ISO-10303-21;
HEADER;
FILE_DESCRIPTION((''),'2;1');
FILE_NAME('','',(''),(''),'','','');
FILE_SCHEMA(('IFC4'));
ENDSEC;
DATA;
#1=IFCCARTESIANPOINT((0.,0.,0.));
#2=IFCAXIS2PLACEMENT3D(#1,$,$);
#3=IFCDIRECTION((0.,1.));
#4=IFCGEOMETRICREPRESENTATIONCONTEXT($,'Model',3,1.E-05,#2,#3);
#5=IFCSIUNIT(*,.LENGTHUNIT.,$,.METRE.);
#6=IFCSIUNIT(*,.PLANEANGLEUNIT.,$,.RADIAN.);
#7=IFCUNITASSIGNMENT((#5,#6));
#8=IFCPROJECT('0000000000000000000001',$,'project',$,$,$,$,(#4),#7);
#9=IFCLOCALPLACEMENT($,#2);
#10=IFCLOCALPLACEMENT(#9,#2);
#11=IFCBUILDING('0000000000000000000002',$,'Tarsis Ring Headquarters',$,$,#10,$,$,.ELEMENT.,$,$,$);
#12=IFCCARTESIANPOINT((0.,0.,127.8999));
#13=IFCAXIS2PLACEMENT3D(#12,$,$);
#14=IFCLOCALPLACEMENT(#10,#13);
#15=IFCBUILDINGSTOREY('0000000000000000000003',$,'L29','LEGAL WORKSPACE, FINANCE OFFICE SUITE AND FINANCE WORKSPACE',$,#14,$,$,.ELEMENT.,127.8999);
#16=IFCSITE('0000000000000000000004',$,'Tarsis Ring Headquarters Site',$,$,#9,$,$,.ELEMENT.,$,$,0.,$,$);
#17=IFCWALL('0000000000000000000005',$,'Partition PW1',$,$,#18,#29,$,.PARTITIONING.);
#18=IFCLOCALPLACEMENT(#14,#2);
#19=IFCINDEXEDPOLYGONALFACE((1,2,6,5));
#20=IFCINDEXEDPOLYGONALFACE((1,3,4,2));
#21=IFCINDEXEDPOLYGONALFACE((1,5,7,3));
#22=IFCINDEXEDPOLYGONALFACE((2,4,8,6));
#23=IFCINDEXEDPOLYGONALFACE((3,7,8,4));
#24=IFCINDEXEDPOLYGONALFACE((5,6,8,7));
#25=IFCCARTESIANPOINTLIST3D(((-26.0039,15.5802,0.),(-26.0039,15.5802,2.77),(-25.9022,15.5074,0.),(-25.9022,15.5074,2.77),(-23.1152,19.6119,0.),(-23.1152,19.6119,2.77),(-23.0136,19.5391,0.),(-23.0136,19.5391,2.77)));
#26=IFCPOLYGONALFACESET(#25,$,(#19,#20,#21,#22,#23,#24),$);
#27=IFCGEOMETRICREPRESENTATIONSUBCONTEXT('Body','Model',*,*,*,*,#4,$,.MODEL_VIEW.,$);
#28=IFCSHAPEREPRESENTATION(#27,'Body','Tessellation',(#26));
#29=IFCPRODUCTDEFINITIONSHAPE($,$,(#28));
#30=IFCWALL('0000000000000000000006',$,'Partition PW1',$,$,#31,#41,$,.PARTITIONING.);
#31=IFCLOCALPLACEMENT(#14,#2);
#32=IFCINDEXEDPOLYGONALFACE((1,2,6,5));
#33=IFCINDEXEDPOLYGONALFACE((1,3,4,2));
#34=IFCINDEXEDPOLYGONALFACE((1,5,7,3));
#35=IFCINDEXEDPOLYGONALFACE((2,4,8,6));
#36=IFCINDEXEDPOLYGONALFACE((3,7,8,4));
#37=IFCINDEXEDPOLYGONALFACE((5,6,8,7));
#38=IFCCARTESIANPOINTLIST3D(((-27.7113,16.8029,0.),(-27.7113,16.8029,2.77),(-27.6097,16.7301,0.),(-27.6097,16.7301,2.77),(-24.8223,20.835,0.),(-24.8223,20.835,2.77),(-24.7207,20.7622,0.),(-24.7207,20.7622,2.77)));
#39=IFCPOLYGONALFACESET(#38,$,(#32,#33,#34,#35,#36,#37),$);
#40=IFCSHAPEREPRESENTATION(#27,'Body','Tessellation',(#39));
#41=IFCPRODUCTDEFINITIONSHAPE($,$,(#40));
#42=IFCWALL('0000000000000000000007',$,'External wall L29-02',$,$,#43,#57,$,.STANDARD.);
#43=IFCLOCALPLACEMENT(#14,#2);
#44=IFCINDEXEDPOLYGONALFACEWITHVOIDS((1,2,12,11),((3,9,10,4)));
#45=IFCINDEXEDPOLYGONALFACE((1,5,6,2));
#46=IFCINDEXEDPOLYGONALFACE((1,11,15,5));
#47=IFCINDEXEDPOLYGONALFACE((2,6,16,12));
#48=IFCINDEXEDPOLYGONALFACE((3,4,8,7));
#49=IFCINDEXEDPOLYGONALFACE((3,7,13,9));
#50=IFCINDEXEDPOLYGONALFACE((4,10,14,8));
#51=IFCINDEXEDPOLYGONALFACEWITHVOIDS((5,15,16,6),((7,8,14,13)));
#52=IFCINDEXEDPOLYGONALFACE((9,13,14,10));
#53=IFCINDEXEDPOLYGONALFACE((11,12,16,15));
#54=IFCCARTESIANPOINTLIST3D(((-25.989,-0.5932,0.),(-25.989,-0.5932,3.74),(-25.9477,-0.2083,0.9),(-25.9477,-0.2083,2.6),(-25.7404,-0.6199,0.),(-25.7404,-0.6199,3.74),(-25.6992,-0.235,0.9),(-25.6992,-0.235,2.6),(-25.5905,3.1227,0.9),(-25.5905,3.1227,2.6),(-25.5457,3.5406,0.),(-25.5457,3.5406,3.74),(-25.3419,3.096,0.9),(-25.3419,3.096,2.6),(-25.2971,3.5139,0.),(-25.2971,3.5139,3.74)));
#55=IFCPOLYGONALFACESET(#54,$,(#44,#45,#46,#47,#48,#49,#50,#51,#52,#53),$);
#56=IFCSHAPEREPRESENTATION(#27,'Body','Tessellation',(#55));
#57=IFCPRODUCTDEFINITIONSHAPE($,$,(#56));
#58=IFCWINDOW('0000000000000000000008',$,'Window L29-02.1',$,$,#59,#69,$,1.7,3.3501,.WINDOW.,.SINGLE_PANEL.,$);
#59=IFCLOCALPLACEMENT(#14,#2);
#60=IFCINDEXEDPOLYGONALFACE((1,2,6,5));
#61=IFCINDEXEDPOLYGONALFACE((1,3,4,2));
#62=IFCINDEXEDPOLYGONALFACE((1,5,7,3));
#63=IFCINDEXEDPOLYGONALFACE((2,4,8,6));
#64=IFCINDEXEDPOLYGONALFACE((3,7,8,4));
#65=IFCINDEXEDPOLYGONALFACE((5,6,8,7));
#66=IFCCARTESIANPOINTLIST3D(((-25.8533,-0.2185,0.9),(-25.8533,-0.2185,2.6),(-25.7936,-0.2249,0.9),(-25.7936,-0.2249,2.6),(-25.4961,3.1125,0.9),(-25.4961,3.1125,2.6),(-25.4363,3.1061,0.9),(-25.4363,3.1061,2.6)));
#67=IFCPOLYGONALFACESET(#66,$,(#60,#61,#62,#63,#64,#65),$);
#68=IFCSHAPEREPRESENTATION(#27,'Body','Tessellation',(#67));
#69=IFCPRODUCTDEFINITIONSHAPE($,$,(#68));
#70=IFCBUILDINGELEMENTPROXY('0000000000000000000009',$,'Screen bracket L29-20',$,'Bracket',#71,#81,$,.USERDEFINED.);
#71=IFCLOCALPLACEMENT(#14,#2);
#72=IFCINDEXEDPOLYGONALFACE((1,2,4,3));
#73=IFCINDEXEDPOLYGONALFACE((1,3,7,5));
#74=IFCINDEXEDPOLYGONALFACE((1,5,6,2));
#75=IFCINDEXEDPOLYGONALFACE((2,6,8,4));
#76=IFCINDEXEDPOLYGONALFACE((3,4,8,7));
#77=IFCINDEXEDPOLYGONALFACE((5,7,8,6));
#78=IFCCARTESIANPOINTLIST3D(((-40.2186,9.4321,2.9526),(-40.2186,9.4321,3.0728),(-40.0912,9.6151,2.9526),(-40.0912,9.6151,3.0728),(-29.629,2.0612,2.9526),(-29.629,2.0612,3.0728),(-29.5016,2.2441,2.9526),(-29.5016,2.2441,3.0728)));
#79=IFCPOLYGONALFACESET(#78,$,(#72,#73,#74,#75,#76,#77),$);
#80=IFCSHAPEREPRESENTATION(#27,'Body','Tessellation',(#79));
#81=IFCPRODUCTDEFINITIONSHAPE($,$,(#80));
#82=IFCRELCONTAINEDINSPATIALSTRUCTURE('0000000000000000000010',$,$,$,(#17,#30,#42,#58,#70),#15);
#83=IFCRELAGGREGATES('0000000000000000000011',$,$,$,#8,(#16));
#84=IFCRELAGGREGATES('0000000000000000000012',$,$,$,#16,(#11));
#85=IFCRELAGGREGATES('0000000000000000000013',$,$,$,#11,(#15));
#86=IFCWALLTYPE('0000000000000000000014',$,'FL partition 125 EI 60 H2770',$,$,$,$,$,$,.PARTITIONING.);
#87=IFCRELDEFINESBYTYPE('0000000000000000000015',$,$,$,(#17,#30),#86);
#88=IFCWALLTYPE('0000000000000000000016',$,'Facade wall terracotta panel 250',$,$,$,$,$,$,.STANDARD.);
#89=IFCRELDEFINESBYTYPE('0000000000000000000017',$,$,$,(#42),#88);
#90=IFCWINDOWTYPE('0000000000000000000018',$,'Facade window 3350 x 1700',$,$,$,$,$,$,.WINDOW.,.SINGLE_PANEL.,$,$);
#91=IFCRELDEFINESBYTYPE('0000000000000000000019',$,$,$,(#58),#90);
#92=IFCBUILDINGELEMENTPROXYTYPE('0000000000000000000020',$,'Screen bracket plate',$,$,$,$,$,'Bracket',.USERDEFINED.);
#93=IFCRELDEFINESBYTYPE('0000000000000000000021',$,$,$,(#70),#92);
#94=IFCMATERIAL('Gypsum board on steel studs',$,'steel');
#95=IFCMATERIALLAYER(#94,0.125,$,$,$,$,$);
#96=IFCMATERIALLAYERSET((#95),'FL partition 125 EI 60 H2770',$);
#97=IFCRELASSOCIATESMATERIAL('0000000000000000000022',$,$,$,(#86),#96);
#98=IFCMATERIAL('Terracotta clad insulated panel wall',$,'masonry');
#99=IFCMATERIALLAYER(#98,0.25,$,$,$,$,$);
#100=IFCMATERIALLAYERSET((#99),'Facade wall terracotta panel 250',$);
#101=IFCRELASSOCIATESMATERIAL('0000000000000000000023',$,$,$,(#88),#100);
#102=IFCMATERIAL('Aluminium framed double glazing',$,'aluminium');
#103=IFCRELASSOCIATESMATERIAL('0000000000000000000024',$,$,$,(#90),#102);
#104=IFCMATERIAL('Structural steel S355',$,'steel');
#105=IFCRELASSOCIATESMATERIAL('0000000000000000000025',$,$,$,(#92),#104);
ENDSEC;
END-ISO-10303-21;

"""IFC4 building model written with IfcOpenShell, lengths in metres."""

from ifc_helpers import new_model, si_unit, direction, frame, frame_2d, origin, origin_2d, place, context, subcontext, project, spatial, rectangle, extrude, material, layer, layer_set, type_object, element, fill, save


model = new_model("IFC4")

# Units and contexts
model_context = context("Model", 3, precision=1e-05, world=origin(), true_north=direction((0.0, 1.0)))
body_context = subcontext(model_context, "Body", "Model", "MODEL_VIEW")
ifc_project = project(units=[si_unit("LENGTHUNIT", "METRE"), si_unit("PLANEANGLEUNIT", "RADIAN")], contexts=[model_context])

# Site, building, storey
site_placement = place(None, origin())
site = spatial("IfcSite", under=ifc_project, at=site_placement, Name="Tarsis Ring Headquarters Site", CompositionType="ELEMENT", RefElevation=0.0)
building_placement = place(site_placement, origin())
building = spatial("IfcBuilding", under=site, at=building_placement, Name="Tarsis Ring Headquarters", CompositionType="ELEMENT")
storey_placement = place(building_placement, frame((0.0, 0.0, 127.8999)))
storey = spatial("IfcBuildingStorey", under=building, at=storey_placement, Name="L29", Description="LEGAL WORKSPACE, FINANCE OFFICE SUITE AND FINANCE WORKSPACE", CompositionType="ELEMENT", Elevation=127.8999)

# Shared definitions
ifc_material_1 = material(Name="Structural steel S355", Category="steel")

# Shared definitions
ifc_material_2 = material(Name="Gypsum board on steel studs", Category="steel")

# Shared definitions
ifc_layer_1 = layer(ifc_material_2, 0.125)
ifc_layer_set_1 = layer_set([ifc_layer_1], Name="FL partition 125 EI 60 H2770")
wall_type_1 = type_object("IfcWallType", Name="FL partition 125 EI 60 H2770", PredefinedType="PARTITIONING", material=ifc_layer_set_1)

# Walls
wall_1_placement = place(storey_placement, frame((-25.9531, 15.5437, 0.0), z_axis=(0.0, 0.0, 1.0), x_axis=(0.58242, 0.812888, 0.0)))
element("IfcWall", 1, at=wall_1_placement, inside=storey, type_object=wall_type_1, Name="Partition PW1", PredefinedType="PARTITIONING", context=body_context, shape_type="SweptSolid", body=[
    extrude(rectangle(XDim=4.9597, YDim=0.125, at=frame_2d((2.48, 0.0))), origin(), (0.0, 0.0, 1.0), 2.77),
])
wall_2_placement = place(storey_placement, frame((-27.6604, 16.7666, 0.0), z_axis=(0.0, 0.0, 1.0), x_axis=(0.58243, 0.812881, 0.0)))
element("IfcWall", 2, at=wall_2_placement, inside=storey, type_object=wall_type_1, Name="Partition PW1", PredefinedType="PARTITIONING", context=body_context, shape_type="SweptSolid", body=[
    extrude(rectangle(XDim=4.9602, YDim=0.125, at=frame_2d((2.48, 0.0))), origin(), (0.0, 0.0, 1.0), 2.77),
])

# Wall, opening, window
ifc_material_3 = material(Name="Terracotta clad insulated panel wall", Category="masonry")
ifc_layer_2 = layer(ifc_material_3, 0.25)
ifc_layer_set_2 = layer_set([ifc_layer_2], Name="Facade wall terracotta panel 250")
wall_type_2 = type_object("IfcWallType", Name="Facade wall terracotta panel 250", PredefinedType="STANDARD", material=ifc_layer_set_2)
wall_3_placement = place(storey_placement, frame((-25.4214, 3.5271, 0.0), z_axis=(0.0, 0.0, 1.0), x_axis=(-0.106641, -0.994298, 0.0)))
wall_3 = element("IfcWall", 3, at=wall_3_placement, inside=storey, type_object=wall_type_2, Name="External wall L29-02", PredefinedType="STANDARD", context=body_context, shape_type="SweptSolid", body=[
    extrude(rectangle(XDim=4.1575, YDim=0.25, at=frame_2d((2.0786, 0.0))), origin(), (0.0, 0.0, 1.0), 3.74),
])
opening_1_placement = place(wall_3_placement, frame((0.4202, 0.0, 0.8999)))
opening_1 = element("IfcOpeningElement", 4, at=opening_1_placement, cuts=wall_3, PredefinedType="OPENING", context=body_context, shape_type="SweptSolid", body=[
    extrude(rectangle(XDim=3.3501, YDim=1.7, at=frame_2d((1.675, 0.8501))), frame((0.0, 0.135, 0.0), z_axis=(0.0, -1.0, 0.0), x_axis=(1.0, 0.0, 0.0)), (0.0, 0.0, 1.0), 0.27),
])
ifc_material_4 = material(Name="Aluminium framed double glazing", Category="aluminium")
window_type = type_object("IfcWindowType", Name="Facade window 3350 x 1700", PartitioningType="SINGLE_PANEL", PredefinedType="WINDOW", material=ifc_material_4)
window_placement = place(opening_1_placement, origin())
window = element("IfcWindow", 5, at=window_placement, inside=storey, type_object=window_type, Name="Window L29-02.1", OverallHeight=1.7, OverallWidth=3.3501, PartitioningType="SINGLE_PANEL", PredefinedType="WINDOW", context=body_context, shape_type="SweptSolid", body=[
    extrude(rectangle(XDim=3.3501, YDim=1.7, at=frame_2d((1.675, 0.8501))), frame((0.0, 0.03, 0.0), z_axis=(0.0, -1.0, 0.0), x_axis=(1.0, 0.0, 0.0)), (0.0, 0.0, 1.0), 0.0601),
])
fill(opening_1, window)

# Building element proxy
building_element_proxy_type = type_object("IfcBuildingElementProxyType", Name="Screen bracket plate", ElementType="Bracket", PredefinedType="USERDEFINED", material=ifc_material_1)
proxy_placement = place(storey_placement, frame((-34.8601, 5.8381, 2.9526), z_axis=(0.0, 0.0, 1.0), x_axis=(0.820751, -0.571287, 0.0)))
element("IfcBuildingElementProxy", 6, at=proxy_placement, inside=storey, type_object=building_element_proxy_type, Name="Screen bracket L29-20", ObjectType="Bracket", PredefinedType="USERDEFINED", context=body_context, shape_type="SweptSolid", body=[
    extrude(rectangle(XDim=12.9023, YDim=0.2229, at=origin_2d()), origin(), (0.0, 0.0, 1.0), 0.1201),
])

save(model, "model.ifc")
